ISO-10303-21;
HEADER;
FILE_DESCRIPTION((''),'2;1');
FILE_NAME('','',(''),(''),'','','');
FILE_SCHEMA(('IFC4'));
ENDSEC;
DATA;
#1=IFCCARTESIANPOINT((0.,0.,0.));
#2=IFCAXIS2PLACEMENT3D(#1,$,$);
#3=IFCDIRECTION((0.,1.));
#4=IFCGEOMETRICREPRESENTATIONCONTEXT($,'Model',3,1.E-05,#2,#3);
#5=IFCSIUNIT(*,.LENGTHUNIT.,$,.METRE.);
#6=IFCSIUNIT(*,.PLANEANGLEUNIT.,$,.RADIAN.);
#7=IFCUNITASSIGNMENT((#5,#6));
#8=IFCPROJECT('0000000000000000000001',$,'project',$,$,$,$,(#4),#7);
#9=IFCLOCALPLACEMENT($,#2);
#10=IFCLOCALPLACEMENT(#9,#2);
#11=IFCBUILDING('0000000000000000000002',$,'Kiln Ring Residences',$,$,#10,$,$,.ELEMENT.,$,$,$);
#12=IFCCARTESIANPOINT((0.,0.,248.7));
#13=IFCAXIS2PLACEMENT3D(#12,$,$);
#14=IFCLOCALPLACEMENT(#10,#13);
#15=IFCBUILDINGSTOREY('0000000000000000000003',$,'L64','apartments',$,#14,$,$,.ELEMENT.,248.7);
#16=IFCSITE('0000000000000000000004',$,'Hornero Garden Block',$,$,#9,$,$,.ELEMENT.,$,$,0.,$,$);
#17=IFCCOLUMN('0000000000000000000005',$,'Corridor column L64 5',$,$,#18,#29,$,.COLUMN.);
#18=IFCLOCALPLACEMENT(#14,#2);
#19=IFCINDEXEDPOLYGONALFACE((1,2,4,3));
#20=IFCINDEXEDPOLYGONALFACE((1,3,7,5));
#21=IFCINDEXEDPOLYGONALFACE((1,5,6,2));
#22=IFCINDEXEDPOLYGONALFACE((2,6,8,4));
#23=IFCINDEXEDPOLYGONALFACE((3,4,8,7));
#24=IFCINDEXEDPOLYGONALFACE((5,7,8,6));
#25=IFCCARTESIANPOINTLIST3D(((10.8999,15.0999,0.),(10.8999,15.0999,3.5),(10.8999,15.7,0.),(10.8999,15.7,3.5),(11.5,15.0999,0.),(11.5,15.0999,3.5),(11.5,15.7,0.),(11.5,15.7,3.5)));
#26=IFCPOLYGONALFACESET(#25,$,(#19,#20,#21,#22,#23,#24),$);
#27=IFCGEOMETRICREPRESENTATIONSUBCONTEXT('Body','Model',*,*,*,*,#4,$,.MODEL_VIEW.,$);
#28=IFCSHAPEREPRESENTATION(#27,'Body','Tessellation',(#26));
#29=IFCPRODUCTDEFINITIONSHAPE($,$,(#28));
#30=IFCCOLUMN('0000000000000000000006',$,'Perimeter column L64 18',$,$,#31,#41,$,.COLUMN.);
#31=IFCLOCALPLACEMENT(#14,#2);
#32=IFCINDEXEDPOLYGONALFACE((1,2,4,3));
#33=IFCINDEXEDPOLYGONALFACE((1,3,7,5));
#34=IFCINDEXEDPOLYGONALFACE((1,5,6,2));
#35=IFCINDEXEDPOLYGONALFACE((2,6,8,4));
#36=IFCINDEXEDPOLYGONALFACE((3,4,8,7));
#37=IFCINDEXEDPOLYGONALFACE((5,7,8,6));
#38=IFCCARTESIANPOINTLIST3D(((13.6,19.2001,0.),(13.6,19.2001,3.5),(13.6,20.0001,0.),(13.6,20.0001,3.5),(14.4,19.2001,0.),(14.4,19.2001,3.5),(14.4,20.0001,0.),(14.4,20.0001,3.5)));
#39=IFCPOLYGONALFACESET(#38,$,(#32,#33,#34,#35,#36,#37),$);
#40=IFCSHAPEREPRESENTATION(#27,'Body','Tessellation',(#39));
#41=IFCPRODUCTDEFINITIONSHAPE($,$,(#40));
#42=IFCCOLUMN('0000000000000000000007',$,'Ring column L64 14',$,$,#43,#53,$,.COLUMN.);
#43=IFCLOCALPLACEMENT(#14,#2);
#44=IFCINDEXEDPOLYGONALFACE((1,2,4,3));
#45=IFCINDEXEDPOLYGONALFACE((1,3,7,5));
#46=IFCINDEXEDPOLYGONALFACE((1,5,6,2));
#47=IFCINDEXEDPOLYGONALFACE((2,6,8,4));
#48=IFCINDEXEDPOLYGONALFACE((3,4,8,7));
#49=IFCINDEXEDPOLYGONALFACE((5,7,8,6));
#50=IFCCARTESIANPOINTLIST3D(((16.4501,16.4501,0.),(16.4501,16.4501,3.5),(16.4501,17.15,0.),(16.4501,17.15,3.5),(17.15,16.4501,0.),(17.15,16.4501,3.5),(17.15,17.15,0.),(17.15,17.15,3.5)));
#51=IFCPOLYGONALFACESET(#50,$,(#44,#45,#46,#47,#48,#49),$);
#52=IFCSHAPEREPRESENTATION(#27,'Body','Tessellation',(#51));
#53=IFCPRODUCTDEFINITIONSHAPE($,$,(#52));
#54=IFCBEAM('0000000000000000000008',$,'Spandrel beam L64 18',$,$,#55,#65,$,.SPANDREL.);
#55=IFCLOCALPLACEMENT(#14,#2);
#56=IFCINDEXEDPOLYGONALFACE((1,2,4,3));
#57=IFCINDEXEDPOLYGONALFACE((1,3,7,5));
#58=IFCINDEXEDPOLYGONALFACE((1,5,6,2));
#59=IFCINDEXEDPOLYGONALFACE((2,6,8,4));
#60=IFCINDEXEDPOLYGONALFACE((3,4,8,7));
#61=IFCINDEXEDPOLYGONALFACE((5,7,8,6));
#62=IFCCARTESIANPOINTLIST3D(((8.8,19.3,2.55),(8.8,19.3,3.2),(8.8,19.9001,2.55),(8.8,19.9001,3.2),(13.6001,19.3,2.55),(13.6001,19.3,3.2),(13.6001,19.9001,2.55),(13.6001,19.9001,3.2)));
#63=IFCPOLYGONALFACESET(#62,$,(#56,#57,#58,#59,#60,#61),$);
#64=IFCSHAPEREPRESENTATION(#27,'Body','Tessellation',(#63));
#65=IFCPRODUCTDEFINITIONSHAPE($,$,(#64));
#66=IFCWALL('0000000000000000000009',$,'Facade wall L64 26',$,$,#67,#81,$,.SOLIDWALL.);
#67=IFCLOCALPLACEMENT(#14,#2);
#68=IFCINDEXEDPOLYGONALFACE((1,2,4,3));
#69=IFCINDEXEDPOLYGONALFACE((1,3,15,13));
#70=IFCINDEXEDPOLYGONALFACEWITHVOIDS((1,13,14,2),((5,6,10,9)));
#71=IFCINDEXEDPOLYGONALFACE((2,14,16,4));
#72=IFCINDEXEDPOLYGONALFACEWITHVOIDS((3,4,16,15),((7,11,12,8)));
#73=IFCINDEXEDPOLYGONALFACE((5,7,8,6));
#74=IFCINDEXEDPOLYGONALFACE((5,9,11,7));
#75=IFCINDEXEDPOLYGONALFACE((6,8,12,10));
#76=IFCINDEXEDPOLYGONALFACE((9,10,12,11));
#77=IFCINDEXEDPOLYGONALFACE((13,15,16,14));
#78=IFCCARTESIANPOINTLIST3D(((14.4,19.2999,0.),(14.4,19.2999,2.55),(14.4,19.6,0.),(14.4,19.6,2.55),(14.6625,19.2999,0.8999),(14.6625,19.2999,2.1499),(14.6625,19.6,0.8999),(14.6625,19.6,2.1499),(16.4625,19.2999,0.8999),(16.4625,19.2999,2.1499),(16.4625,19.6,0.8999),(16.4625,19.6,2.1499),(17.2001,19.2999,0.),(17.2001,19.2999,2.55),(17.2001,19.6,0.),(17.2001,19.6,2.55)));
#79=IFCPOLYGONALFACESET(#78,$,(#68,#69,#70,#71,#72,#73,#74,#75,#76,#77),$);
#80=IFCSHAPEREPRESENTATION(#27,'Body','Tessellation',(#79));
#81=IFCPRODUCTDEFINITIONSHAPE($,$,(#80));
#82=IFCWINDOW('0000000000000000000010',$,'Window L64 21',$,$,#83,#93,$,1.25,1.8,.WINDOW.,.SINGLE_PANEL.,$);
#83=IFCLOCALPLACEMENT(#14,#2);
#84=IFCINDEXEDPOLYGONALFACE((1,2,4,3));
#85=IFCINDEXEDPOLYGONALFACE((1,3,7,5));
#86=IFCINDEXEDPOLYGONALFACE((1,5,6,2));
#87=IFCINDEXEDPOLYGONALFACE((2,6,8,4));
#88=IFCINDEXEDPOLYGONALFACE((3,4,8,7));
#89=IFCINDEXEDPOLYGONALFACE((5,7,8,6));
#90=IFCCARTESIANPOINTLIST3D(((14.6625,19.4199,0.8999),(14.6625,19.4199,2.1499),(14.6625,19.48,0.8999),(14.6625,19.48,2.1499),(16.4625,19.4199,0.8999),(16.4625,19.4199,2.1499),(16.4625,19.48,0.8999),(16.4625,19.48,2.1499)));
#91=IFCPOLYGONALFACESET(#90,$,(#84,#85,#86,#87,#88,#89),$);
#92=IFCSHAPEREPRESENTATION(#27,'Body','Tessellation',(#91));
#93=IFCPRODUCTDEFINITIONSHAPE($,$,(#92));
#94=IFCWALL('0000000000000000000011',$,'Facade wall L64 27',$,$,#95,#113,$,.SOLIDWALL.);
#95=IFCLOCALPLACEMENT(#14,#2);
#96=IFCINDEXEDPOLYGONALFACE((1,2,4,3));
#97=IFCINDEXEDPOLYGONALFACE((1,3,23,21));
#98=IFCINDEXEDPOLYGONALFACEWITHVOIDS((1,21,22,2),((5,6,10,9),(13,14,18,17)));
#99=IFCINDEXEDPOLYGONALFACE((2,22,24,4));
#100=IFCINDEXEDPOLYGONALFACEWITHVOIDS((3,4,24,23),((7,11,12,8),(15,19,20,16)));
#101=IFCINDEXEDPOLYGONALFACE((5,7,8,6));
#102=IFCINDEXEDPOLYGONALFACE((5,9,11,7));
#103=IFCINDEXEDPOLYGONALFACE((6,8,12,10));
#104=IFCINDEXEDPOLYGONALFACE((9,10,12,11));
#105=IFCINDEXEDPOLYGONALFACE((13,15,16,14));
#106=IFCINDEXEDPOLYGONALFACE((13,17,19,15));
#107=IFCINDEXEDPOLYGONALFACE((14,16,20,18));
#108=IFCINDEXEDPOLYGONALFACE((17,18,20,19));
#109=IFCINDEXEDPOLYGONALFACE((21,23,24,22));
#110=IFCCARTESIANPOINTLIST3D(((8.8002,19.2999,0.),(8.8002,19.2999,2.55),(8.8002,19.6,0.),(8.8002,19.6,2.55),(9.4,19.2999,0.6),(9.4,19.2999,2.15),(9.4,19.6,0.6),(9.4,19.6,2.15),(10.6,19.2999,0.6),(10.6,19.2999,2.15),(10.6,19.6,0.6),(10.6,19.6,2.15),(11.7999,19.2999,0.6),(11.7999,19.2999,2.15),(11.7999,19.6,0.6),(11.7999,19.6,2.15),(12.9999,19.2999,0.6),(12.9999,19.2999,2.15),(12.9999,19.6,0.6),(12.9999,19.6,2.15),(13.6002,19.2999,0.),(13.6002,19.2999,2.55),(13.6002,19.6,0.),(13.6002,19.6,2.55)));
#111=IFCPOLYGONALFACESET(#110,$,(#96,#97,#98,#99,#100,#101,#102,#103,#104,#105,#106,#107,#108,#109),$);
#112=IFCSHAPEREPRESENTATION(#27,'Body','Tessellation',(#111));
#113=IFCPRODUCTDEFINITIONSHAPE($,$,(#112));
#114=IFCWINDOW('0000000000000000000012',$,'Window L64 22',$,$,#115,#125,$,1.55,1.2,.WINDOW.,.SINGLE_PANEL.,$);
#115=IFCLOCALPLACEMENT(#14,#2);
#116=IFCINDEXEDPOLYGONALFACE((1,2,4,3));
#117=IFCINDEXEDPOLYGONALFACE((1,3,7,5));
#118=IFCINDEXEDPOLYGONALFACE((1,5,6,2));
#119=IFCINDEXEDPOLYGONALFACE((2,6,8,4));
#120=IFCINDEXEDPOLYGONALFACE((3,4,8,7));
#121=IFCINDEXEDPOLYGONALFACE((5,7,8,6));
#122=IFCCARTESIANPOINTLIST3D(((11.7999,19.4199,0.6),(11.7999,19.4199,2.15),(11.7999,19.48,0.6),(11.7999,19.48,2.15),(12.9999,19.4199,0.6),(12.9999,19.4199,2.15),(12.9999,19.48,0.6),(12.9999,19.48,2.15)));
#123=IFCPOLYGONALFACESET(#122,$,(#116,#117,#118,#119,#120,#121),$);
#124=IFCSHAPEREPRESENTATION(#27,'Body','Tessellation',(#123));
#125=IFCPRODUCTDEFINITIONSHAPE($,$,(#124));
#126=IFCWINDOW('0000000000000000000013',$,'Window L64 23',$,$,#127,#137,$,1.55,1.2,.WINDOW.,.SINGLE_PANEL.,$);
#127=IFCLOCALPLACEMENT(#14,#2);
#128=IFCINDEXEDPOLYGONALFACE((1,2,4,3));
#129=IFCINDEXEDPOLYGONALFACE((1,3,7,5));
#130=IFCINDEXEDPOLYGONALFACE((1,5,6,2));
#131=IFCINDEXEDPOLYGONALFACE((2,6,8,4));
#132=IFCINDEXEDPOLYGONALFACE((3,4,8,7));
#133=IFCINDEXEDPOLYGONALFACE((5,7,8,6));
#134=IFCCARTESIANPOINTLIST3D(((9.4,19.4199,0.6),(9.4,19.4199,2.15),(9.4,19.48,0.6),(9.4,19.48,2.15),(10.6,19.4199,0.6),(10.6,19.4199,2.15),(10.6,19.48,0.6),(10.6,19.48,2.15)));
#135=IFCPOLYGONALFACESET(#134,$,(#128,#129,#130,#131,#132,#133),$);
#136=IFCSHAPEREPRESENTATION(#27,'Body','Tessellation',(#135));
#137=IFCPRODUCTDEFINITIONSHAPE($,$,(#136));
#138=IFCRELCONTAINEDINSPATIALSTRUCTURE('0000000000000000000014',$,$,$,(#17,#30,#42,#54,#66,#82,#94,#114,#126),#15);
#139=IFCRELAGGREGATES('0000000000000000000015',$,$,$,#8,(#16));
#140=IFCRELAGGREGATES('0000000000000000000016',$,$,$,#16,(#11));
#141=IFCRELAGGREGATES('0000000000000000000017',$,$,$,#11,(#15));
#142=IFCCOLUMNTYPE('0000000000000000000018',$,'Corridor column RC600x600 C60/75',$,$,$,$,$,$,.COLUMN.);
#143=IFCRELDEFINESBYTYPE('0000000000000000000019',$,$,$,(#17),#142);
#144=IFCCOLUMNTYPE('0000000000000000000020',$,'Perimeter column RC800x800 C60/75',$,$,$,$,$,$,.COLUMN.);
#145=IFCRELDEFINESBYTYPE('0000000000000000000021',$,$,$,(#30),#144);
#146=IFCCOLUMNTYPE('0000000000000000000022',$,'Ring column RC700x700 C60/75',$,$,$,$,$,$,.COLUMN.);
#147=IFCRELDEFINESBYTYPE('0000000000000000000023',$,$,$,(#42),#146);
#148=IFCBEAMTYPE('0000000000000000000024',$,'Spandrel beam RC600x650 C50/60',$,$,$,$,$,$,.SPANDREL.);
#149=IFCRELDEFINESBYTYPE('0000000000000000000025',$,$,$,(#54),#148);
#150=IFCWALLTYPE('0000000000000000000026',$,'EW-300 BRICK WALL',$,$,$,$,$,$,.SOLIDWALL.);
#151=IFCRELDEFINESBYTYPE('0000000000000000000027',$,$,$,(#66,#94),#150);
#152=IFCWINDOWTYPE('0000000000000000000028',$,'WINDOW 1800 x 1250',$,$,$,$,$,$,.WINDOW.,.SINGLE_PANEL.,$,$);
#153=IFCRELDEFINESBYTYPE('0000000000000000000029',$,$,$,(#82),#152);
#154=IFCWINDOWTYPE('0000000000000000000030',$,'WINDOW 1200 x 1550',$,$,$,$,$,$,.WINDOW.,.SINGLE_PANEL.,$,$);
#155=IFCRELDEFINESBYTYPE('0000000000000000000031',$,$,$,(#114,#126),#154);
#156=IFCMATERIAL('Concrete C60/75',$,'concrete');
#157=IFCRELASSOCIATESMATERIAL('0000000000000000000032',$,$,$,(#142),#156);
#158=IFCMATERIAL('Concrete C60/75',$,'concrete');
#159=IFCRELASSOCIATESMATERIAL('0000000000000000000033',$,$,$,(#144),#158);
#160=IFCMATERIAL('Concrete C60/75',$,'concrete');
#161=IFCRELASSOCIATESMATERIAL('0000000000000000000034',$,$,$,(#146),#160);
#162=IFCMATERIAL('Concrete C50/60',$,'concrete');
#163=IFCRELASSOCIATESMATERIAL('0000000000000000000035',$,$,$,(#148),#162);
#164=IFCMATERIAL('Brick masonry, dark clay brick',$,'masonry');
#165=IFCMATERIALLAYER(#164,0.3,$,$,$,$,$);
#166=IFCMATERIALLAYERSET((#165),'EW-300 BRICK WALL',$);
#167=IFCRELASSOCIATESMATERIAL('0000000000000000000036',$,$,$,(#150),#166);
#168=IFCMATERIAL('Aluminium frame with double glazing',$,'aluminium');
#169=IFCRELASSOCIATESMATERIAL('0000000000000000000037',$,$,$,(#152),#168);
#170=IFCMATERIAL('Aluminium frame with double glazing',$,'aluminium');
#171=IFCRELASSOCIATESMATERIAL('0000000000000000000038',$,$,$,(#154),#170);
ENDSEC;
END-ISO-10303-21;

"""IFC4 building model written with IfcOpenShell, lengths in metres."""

from ifc_helpers import new_model, si_unit, direction, frame, frame_2d, origin, origin_2d, place, context, subcontext, project, spatial, rectangle, extrude, material, layer, layer_set, material_profile, profile_set, type_object, element, fill, save


model = new_model("IFC4")

# Units and contexts
model_context = context("Model", 3, precision=1e-05, world=origin(), true_north=direction((0.0, 1.0)))
body_context = subcontext(model_context, "Body", "Model", "MODEL_VIEW")
ifc_project = project(units=[si_unit("LENGTHUNIT", "METRE"), si_unit("PLANEANGLEUNIT", "RADIAN")], contexts=[model_context])

# Site, building, storey
site_placement = place(None, origin())
site = spatial("IfcSite", under=ifc_project, at=site_placement, Name="Hornero Garden Block", CompositionType="ELEMENT", RefElevation=0.0)
building_placement = place(site_placement, origin())
building = spatial("IfcBuilding", under=site, at=building_placement, Name="Kiln Ring Residences", CompositionType="ELEMENT")
storey_placement = place(building_placement, frame((0.0, 0.0, 248.7)))
storey = spatial("IfcBuildingStorey", under=building, at=storey_placement, Name="L64", Description="apartments", CompositionType="ELEMENT", Elevation=248.7)

# Columns
ifc_material_1 = material(Name="Concrete C60/75", Category="concrete")
ifc_material_profile_1 = material_profile(ifc_material_1, rectangle(XDim=0.6001, YDim=0.6001, at=origin_2d()), Name="RC600x600")
ifc_profile_set_1 = profile_set([ifc_material_profile_1], Name="Concrete C60/75")
column_type_1 = type_object("IfcColumnType", Name="Corridor column RC600x600 C60/75", PredefinedType="COLUMN", material=ifc_profile_set_1)
column_1_placement = place(storey_placement, frame((11.2, 15.3999, 0.0), z_axis=(0.0, 0.0, 1.0), x_axis=(1.0, 0.0, 0.0)))
element("IfcColumn", 1, at=column_1_placement, inside=storey, type_object=column_type_1, Name="Corridor column L64 5", PredefinedType="COLUMN", context=body_context, shape_type="SweptSolid", body=[
    extrude(rectangle(XDim=0.6001, YDim=0.6001, at=origin_2d()), origin(), (0.0, 0.0, 1.0), 3.5),
])
ifc_material_2 = material(Name="Concrete C60/75", Category="concrete")
ifc_material_profile_2 = material_profile(ifc_material_2, rectangle(XDim=0.8, YDim=0.8, at=origin_2d()), Name="RC800x800")
ifc_profile_set_2 = profile_set([ifc_material_profile_2], Name="Concrete C60/75")
column_type_2 = type_object("IfcColumnType", Name="Perimeter column RC800x800 C60/75", PredefinedType="COLUMN", material=ifc_profile_set_2)
column_2_placement = place(storey_placement, frame((14.0, 19.6001, 0.0), z_axis=(0.0, 0.0, 1.0), x_axis=(1.0, 0.0, 0.0)))
element("IfcColumn", 2, at=column_2_placement, inside=storey, type_object=column_type_2, Name="Perimeter column L64 18", PredefinedType="COLUMN", context=body_context, shape_type="SweptSolid", body=[
    extrude(rectangle(XDim=0.8, YDim=0.8, at=origin_2d()), origin(), (0.0, 0.0, 1.0), 3.5),
])
ifc_material_3 = material(Name="Concrete C60/75", Category="concrete")
ifc_material_profile_3 = material_profile(ifc_material_3, rectangle(XDim=0.7, YDim=0.7, at=origin_2d()), Name="RC700x700")
ifc_profile_set_3 = profile_set([ifc_material_profile_3], Name="Concrete C60/75")
column_type_3 = type_object("IfcColumnType", Name="Ring column RC700x700 C60/75", PredefinedType="COLUMN", material=ifc_profile_set_3)
column_3_placement = place(storey_placement, frame((16.8, 16.8, 0.0), z_axis=(0.0, 0.0, 1.0), x_axis=(1.0, 0.0, 0.0)))
element("IfcColumn", 3, at=column_3_placement, inside=storey, type_object=column_type_3, Name="Ring column L64 14", PredefinedType="COLUMN", context=body_context, shape_type="SweptSolid", body=[
    extrude(rectangle(XDim=0.7, YDim=0.7, at=origin_2d()), origin(), (0.0, 0.0, 1.0), 3.5),
])

# Beam
ifc_material_4 = material(Name="Concrete C50/60", Category="concrete")
ifc_material_profile_4 = material_profile(ifc_material_4, rectangle(XDim=0.6001, YDim=0.6499, at=origin_2d()), Name="RC600x650")
ifc_profile_set_4 = profile_set([ifc_material_profile_4], Name="Concrete C50/60")
beam_type = type_object("IfcBeamType", Name="Spandrel beam RC600x650 C50/60", PredefinedType="SPANDREL", material=ifc_profile_set_4)
beam_placement = place(storey_placement, frame((13.6001, 19.6001, 2.875), z_axis=(-1.0, 0.0, 0.0), x_axis=(0.0, -1.0, 0.0)))
element("IfcBeam", 4, at=beam_placement, inside=storey, type_object=beam_type, Name="Spandrel beam L64 18", PredefinedType="SPANDREL", context=body_context, shape_type="SweptSolid", body=[
    extrude(rectangle(XDim=0.6001, YDim=0.6499, at=origin_2d()), origin(), (0.0, 0.0, 1.0), 4.8),
])

# Wall, opening, window
ifc_material_5 = material(Name="Brick masonry, dark clay brick", Category="masonry")
ifc_layer_1 = layer(ifc_material_5, 0.3)
ifc_layer_set_1 = layer_set([ifc_layer_1], Name="EW-300 BRICK WALL")
wall_type_1 = type_object("IfcWallType", Name="EW-300 BRICK WALL", PredefinedType="SOLIDWALL", material=ifc_layer_set_1)
wall_1_placement = place(storey_placement, frame((17.2, 19.45, 0.0), z_axis=(0.0, 0.0, 1.0), x_axis=(-1.0, 0.0, 0.0)))
wall_1 = element("IfcWall", 5, at=wall_1_placement, inside=storey, type_object=wall_type_1, Name="Facade wall L64 26", PredefinedType="SOLIDWALL", context=body_context, shape_type="SweptSolid", body=[
    extrude(rectangle(XDim=2.8, YDim=0.3, at=frame_2d((1.3999, 0.0))), origin(), (0.0, 0.0, 1.0), 2.55),
])
opening_1_placement = place(wall_1_placement, frame((0.7375, 0.0, 0.8999)))
opening_1 = element("IfcOpeningElement", 6, at=opening_1_placement, cuts=wall_1, PredefinedType="OPENING", context=body_context, shape_type="SweptSolid", body=[
    extrude(rectangle(XDim=1.8, YDim=1.25, at=frame_2d((0.8999, 0.625))), frame((0.0, 0.1599, 0.0), z_axis=(0.0, -1.0, 0.0), x_axis=(1.0, 0.0, 0.0)), (0.0, 0.0, 1.0), 0.3201),
])
ifc_material_6 = material(Name="Aluminium frame with double glazing", Category="aluminium")
window_type_1 = type_object("IfcWindowType", Name="WINDOW 1800 x 1250", PartitioningType="SINGLE_PANEL", PredefinedType="WINDOW", material=ifc_material_6)
window_1_placement = place(opening_1_placement, origin())
window_1 = element("IfcWindow", 7, at=window_1_placement, inside=storey, type_object=window_type_1, Name="Window L64 21", OverallHeight=1.25, OverallWidth=1.8, PartitioningType="SINGLE_PANEL", PredefinedType="WINDOW", context=body_context, shape_type="SweptSolid", body=[
    extrude(rectangle(XDim=1.8, YDim=1.25, at=frame_2d((0.8999, 0.625))), frame((0.0, 0.03, 0.0), z_axis=(0.0, -1.0, 0.0), x_axis=(1.0, 0.0, 0.0)), (0.0, 0.0, 1.0), 0.0601),
])
fill(opening_1, window_1)

# Wall, openings, windows
wall_2_placement = place(storey_placement, frame((13.6001, 19.45, 0.0), z_axis=(0.0, 0.0, 1.0), x_axis=(-1.0, 0.0, 0.0)))
wall_2 = element("IfcWall", 8, at=wall_2_placement, inside=storey, type_object=wall_type_1, Name="Facade wall L64 27", PredefinedType="SOLIDWALL", context=body_context, shape_type="SweptSolid", body=[
    extrude(rectangle(XDim=4.8, YDim=0.3, at=frame_2d((2.3999, 0.0))), origin(), (0.0, 0.0, 1.0), 2.55),
])
opening_2_placement = place(wall_2_placement, frame((0.6001, 0.0, 0.6001)))
opening_2 = element("IfcOpeningElement", 9, at=opening_2_placement, cuts=wall_2, PredefinedType="OPENING", context=body_context, shape_type="SweptSolid", body=[
    extrude(rectangle(XDim=1.2, YDim=1.55, at=frame_2d((0.6001, 0.7749))), frame((0.0, 0.1599, 0.0), z_axis=(0.0, -1.0, 0.0), x_axis=(1.0, 0.0, 0.0)), (0.0, 0.0, 1.0), 0.3201),
])
opening_3_placement = place(wall_2_placement, frame((3.0, 0.0, 0.6001)))
opening_3 = element("IfcOpeningElement", 10, at=opening_3_placement, cuts=wall_2, PredefinedType="OPENING", context=body_context, shape_type="SweptSolid", body=[
    extrude(rectangle(XDim=1.2, YDim=1.55, at=frame_2d((0.6001, 0.7749))), frame((0.0, 0.1599, 0.0), z_axis=(0.0, -1.0, 0.0), x_axis=(1.0, 0.0, 0.0)), (0.0, 0.0, 1.0), 0.3201),
])
ifc_material_7 = material(Name="Aluminium frame with double glazing", Category="aluminium")
window_type_2 = type_object("IfcWindowType", Name="WINDOW 1200 x 1550", PartitioningType="SINGLE_PANEL", PredefinedType="WINDOW", material=ifc_material_7)
window_2_placement = place(opening_2_placement, origin())
window_2 = element("IfcWindow", 11, at=window_2_placement, inside=storey, type_object=window_type_2, Name="Window L64 22", OverallHeight=1.55, OverallWidth=1.2, PartitioningType="SINGLE_PANEL", PredefinedType="WINDOW", context=body_context, shape_type="SweptSolid", body=[
    extrude(rectangle(XDim=1.2, YDim=1.55, at=frame_2d((0.6001, 0.7749))), frame((0.0, 0.03, 0.0), z_axis=(0.0, -1.0, 0.0), x_axis=(1.0, 0.0, 0.0)), (0.0, 0.0, 1.0), 0.0601),
])
fill(opening_2, window_2)
window_3_placement = place(opening_3_placement, origin())
window_3 = element("IfcWindow", 12, at=window_3_placement, inside=storey, type_object=window_type_2, Name="Window L64 23", OverallHeight=1.55, OverallWidth=1.2, PartitioningType="SINGLE_PANEL", PredefinedType="WINDOW", context=body_context, shape_type="SweptSolid", body=[
    extrude(rectangle(XDim=1.2, YDim=1.55, at=frame_2d((0.6001, 0.7749))), frame((0.0, 0.03, 0.0), z_axis=(0.0, -1.0, 0.0), x_axis=(1.0, 0.0, 0.0)), (0.0, 0.0, 1.0), 0.0601),
])
fill(opening_3, window_3)

save(model, "model.ifc")
